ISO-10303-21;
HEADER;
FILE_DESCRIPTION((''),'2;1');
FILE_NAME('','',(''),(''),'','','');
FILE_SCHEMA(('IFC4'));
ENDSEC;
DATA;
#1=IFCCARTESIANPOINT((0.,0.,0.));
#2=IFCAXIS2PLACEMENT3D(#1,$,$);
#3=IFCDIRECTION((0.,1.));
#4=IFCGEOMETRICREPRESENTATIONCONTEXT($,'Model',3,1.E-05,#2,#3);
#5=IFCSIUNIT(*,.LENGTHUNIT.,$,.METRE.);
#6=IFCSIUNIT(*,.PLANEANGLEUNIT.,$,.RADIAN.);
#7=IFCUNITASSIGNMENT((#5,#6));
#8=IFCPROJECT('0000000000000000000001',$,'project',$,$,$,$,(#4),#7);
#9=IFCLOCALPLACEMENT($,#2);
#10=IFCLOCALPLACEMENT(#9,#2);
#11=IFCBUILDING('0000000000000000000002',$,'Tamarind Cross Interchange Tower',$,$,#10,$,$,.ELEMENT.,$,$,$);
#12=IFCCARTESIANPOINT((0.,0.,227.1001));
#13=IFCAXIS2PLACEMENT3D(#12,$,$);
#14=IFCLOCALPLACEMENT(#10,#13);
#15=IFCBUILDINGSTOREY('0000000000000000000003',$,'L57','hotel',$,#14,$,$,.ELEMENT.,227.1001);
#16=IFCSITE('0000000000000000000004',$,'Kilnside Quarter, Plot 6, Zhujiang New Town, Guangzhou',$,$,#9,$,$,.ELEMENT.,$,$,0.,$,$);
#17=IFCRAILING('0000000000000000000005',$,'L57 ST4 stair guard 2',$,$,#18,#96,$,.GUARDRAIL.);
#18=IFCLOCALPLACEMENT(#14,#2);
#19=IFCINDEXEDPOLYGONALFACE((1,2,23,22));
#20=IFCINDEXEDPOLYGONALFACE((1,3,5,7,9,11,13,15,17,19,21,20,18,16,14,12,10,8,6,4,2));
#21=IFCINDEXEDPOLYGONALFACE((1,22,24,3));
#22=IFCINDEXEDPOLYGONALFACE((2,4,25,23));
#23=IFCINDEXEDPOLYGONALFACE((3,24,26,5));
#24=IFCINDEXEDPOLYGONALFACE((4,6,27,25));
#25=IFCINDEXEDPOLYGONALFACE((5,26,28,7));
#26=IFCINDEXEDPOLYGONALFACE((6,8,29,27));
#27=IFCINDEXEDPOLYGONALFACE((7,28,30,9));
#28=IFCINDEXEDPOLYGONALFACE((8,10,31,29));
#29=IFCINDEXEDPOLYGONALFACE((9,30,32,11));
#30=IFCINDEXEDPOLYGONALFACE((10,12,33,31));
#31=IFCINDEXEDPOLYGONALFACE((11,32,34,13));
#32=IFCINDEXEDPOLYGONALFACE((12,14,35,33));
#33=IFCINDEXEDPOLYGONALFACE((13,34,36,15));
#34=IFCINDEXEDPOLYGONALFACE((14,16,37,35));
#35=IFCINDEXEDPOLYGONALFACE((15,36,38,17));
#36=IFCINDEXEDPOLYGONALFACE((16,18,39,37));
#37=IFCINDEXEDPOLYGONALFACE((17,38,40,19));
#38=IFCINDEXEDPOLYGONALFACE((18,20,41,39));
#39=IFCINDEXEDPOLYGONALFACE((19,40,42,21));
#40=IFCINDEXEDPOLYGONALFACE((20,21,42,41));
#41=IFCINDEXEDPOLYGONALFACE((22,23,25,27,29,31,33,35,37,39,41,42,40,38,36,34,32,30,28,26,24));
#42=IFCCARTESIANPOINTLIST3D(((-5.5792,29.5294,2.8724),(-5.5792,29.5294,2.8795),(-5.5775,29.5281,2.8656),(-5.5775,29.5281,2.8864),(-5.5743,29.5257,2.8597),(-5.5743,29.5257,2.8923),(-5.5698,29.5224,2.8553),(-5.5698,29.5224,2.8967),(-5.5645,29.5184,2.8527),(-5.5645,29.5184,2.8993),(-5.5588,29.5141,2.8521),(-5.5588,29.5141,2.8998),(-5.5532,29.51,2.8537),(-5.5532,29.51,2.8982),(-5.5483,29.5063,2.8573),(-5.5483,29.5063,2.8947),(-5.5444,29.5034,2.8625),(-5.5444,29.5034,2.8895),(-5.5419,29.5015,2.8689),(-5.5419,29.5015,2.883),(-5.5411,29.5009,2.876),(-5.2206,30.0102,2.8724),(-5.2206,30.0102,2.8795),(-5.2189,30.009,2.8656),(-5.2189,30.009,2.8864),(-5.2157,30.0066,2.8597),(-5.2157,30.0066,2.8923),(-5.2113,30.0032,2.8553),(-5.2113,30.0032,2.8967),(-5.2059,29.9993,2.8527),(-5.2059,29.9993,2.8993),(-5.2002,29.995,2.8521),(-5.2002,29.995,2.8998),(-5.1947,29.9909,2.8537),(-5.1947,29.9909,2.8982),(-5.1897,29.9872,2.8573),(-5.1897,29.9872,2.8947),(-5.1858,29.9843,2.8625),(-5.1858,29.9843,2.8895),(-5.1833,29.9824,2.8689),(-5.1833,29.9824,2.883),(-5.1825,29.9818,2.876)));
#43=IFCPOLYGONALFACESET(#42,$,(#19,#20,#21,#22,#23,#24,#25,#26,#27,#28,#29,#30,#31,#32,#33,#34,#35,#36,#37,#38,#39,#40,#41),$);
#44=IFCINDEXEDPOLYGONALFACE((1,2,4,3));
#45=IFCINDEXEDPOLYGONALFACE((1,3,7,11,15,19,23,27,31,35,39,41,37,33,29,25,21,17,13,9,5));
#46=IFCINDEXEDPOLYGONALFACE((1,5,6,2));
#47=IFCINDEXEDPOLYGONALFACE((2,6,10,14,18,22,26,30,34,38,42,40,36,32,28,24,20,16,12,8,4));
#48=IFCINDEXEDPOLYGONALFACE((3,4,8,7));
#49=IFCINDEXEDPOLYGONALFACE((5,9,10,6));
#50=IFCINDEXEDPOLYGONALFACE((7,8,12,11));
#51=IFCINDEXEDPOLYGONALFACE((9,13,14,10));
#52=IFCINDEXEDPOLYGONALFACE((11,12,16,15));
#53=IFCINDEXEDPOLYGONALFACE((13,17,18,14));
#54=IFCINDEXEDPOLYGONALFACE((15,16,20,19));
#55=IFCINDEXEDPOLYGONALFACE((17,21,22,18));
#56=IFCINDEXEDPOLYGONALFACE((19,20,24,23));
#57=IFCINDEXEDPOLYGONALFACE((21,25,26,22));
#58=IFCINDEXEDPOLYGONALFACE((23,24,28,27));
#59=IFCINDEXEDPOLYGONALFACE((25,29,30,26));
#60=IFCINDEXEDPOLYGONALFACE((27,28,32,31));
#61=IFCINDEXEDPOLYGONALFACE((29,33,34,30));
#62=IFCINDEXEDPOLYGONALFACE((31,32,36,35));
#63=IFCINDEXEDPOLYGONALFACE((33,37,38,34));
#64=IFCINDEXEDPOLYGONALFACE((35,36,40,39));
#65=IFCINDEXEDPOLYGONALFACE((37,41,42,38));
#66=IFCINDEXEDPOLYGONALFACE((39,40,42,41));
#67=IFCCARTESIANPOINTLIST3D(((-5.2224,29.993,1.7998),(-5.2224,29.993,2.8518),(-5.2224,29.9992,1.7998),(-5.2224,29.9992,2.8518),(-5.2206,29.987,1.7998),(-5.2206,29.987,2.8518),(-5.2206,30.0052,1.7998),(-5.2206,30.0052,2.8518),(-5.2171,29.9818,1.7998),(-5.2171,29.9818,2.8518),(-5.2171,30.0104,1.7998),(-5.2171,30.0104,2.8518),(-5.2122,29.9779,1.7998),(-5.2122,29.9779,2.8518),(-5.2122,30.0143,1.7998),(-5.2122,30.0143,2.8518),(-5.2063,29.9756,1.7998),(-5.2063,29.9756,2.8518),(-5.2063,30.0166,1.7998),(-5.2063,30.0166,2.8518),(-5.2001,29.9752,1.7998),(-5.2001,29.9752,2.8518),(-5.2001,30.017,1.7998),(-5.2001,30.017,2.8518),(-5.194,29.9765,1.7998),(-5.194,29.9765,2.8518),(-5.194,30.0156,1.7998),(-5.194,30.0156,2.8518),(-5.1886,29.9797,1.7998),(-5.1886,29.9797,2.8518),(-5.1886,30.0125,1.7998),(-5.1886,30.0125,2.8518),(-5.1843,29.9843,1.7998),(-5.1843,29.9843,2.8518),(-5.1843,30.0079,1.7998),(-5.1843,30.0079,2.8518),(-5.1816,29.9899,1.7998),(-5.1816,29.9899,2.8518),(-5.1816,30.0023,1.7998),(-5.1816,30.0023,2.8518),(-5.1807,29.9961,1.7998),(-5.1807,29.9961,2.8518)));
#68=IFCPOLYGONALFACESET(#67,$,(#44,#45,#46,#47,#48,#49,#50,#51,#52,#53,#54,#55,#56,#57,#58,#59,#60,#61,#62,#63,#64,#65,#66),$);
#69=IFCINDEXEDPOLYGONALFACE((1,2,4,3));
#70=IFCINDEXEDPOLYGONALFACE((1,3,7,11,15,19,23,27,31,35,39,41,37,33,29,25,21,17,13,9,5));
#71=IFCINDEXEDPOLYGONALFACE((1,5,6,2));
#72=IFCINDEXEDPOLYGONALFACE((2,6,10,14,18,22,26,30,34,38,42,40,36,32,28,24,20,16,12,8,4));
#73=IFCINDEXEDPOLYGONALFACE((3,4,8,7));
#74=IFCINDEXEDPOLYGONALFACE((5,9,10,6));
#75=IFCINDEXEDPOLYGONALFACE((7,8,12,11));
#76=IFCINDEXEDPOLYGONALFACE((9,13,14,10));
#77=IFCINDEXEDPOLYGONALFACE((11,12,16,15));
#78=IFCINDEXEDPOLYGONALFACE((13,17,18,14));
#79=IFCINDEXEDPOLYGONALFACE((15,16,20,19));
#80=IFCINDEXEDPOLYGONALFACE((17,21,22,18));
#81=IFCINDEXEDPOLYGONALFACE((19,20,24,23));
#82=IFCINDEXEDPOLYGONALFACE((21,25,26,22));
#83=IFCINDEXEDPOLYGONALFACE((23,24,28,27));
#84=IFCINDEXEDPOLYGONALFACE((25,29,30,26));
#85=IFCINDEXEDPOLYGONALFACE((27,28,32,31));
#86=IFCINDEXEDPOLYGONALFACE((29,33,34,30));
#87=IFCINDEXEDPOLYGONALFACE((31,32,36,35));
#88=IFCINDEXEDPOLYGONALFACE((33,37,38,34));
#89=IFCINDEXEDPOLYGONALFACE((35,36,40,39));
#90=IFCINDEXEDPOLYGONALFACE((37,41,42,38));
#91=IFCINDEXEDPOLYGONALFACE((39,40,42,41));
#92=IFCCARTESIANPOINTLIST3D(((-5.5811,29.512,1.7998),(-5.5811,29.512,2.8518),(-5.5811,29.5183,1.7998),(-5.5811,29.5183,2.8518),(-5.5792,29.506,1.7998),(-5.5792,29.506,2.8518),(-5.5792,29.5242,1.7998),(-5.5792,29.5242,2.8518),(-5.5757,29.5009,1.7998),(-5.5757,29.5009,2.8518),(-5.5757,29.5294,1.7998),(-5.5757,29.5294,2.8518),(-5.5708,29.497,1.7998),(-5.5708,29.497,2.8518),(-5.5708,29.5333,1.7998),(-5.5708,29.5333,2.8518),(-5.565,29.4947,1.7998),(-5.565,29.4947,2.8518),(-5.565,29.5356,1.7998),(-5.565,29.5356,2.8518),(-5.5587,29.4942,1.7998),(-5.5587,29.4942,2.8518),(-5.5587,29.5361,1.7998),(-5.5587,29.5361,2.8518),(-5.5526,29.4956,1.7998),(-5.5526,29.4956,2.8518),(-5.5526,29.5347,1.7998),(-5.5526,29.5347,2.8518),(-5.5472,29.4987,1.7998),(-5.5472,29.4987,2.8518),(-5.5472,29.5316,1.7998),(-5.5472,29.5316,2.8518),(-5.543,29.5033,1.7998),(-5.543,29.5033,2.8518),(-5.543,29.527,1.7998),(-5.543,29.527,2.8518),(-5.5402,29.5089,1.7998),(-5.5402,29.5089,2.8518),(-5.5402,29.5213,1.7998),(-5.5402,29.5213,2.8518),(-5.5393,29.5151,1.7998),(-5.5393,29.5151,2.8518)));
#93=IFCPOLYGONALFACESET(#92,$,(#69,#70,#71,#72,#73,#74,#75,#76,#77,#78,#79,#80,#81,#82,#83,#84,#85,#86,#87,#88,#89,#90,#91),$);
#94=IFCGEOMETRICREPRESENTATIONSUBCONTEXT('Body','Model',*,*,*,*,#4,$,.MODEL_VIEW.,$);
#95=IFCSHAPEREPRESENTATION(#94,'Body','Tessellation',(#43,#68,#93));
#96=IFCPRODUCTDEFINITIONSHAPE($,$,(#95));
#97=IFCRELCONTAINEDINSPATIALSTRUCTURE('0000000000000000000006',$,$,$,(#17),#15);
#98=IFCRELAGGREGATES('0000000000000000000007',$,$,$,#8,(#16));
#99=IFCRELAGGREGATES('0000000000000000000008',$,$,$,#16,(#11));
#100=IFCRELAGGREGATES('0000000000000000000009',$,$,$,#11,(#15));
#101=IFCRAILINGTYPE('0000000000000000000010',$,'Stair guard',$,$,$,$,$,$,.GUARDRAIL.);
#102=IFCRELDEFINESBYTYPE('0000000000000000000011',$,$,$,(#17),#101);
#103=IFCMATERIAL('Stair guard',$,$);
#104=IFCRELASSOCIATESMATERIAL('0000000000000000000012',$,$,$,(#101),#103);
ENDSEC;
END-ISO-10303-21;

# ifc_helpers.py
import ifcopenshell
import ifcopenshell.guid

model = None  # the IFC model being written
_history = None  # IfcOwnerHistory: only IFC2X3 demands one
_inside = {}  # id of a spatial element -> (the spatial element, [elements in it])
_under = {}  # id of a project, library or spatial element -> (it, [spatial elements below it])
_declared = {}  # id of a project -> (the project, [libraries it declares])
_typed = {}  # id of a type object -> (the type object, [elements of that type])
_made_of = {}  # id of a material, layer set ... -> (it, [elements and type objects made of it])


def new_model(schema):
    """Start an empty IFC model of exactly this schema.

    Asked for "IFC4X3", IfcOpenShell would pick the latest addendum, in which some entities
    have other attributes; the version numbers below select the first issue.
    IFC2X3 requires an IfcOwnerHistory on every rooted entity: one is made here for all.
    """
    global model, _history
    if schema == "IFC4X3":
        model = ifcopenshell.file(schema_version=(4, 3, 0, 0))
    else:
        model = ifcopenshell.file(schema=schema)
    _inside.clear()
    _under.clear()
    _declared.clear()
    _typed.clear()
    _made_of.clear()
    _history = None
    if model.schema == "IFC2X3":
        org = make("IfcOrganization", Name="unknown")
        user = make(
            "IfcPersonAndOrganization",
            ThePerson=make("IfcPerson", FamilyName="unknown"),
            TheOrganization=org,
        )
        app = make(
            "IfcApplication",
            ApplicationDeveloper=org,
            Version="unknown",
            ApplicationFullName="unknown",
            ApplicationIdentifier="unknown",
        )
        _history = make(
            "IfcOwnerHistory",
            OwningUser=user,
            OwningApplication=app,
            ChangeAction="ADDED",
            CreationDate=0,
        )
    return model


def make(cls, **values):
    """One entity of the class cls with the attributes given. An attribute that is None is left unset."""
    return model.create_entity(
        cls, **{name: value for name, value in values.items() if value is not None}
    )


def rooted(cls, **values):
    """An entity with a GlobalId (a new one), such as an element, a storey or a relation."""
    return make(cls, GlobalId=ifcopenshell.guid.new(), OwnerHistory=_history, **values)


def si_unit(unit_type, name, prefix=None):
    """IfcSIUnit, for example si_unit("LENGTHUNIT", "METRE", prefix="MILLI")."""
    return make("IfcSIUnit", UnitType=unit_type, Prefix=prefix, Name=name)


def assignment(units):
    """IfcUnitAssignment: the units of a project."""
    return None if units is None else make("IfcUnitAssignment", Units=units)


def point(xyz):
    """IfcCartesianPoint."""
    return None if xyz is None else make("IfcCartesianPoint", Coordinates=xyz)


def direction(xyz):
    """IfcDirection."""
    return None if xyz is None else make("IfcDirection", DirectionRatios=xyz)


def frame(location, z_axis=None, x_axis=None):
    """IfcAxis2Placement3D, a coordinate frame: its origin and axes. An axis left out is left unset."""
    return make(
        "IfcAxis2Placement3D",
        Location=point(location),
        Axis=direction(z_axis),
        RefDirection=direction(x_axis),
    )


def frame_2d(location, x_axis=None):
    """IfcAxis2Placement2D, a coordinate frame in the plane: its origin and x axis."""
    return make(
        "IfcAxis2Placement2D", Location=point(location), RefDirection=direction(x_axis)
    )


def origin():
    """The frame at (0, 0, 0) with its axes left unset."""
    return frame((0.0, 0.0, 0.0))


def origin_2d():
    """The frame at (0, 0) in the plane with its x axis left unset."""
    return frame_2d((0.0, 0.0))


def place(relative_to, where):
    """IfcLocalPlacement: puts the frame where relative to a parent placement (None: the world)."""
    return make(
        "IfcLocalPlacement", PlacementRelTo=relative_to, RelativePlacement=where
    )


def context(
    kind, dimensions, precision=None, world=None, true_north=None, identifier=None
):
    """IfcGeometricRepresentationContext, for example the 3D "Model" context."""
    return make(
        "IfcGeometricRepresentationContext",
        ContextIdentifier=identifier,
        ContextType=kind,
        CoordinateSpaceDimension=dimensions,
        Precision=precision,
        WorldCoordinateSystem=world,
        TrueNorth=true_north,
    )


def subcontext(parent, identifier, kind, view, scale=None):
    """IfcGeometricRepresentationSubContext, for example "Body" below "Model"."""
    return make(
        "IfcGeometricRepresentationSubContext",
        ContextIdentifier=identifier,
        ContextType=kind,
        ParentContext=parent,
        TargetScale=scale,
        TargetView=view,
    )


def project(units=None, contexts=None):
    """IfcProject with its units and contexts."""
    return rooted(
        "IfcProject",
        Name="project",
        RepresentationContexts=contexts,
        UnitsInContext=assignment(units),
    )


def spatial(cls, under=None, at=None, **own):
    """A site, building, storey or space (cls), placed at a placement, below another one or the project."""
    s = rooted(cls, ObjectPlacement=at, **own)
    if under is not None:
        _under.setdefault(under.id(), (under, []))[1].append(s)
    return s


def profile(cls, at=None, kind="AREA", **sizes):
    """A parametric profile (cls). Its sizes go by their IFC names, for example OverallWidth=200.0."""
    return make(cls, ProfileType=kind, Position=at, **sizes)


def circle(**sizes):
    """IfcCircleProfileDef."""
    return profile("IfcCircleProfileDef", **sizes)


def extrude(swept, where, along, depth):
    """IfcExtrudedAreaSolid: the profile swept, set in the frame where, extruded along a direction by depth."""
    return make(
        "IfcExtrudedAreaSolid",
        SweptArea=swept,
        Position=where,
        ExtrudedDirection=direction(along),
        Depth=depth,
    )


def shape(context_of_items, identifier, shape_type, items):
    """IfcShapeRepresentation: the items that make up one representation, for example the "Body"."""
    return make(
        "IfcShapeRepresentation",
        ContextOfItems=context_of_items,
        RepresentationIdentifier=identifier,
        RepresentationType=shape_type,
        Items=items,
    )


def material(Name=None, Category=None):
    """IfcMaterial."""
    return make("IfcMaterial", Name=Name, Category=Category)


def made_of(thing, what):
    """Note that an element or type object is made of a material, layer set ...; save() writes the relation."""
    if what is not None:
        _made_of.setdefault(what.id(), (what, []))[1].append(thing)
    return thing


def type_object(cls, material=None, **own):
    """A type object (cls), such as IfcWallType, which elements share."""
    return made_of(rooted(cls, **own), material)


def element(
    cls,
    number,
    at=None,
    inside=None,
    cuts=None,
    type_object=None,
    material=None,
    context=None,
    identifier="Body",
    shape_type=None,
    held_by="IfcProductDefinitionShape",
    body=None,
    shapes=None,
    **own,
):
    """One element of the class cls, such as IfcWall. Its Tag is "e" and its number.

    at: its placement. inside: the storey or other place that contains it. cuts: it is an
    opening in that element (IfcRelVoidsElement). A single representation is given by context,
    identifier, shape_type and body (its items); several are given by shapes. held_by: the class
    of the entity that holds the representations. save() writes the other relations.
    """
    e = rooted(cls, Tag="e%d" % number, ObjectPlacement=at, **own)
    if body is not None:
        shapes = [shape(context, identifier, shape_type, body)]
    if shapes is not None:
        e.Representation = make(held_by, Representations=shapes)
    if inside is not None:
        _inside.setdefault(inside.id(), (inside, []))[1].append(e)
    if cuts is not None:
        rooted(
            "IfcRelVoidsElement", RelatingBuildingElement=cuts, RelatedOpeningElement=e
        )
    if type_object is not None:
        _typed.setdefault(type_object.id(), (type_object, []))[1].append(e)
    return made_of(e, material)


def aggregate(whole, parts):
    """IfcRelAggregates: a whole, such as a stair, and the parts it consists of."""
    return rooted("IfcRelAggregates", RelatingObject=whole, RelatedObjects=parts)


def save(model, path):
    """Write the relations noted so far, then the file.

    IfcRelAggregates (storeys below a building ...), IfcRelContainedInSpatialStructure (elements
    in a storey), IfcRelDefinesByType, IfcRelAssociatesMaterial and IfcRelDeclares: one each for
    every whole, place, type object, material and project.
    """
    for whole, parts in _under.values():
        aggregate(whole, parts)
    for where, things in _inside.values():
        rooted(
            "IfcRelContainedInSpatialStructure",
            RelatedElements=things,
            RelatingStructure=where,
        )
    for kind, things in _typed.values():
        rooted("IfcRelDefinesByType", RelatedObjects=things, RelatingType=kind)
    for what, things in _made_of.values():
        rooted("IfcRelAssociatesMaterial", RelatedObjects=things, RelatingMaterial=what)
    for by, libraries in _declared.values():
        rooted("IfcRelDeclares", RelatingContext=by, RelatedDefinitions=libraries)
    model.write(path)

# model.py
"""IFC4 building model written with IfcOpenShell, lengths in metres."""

from ifc_helpers import new_model, si_unit, direction, frame, origin, origin_2d, place, context, subcontext, project, spatial, circle, extrude, material, type_object, element, save


model = new_model("IFC4")

# Units and contexts
model_context = context("Model", 3, precision=1e-05, world=origin(), true_north=direction((0.0, 1.0)))
body_context = subcontext(model_context, "Body", "Model", "MODEL_VIEW")
ifc_project = project(units=[si_unit("LENGTHUNIT", "METRE"), si_unit("PLANEANGLEUNIT", "RADIAN")], contexts=[model_context])

# Site, building, storey
site_placement = place(None, origin())
site = spatial("IfcSite", under=ifc_project, at=site_placement, Name="Kilnside Quarter, Plot 6, Zhujiang New Town, Guangzhou", CompositionType="ELEMENT", RefElevation=0.0)
building_placement = place(site_placement, origin())
building = spatial("IfcBuilding", under=site, at=building_placement, Name="Tamarind Cross Interchange Tower", CompositionType="ELEMENT")
storey_placement = place(building_placement, frame((0.0, 0.0, 227.1001)))
storey = spatial("IfcBuildingStorey", under=building, at=storey_placement, Name="L57", Description="hotel", CompositionType="ELEMENT", Elevation=227.1001)

# Railing
ifc_material_1 = material(Name="Stair guard")
railing_type_1 = type_object("IfcRailingType", Name="Stair guard", PredefinedType="GUARDRAIL", material=ifc_material_1)
railing_1_placement = place(storey_placement, frame((-5.2017, 29.9961, 1.7998)))
element("IfcRailing", 1, at=railing_1_placement, inside=storey, type_object=railing_type_1, Name="L57 ST4 stair guard 2", PredefinedType="GUARDRAIL", context=body_context, shape_type="SweptSolid", body=[
    extrude(circle(Radius=0.0239, at=origin_2d()), frame((0.0, 0.0, 1.0762), z_axis=(-0.597784, -0.801657, 0.0), x_axis=(0.801657, -0.597784, 0.0)), (0.0, 0.0, 1.0), 0.5999),
    extrude(circle(Radius=0.021, at=origin_2d()), origin(), (0.0, 0.0, 1.0), 1.052),
    extrude(circle(Radius=0.021, at=origin_2d()), frame((-0.3586, -0.481, 0.0)), (0.0, 0.0, 1.0), 1.052),
])

save(model, "model.ifc")
